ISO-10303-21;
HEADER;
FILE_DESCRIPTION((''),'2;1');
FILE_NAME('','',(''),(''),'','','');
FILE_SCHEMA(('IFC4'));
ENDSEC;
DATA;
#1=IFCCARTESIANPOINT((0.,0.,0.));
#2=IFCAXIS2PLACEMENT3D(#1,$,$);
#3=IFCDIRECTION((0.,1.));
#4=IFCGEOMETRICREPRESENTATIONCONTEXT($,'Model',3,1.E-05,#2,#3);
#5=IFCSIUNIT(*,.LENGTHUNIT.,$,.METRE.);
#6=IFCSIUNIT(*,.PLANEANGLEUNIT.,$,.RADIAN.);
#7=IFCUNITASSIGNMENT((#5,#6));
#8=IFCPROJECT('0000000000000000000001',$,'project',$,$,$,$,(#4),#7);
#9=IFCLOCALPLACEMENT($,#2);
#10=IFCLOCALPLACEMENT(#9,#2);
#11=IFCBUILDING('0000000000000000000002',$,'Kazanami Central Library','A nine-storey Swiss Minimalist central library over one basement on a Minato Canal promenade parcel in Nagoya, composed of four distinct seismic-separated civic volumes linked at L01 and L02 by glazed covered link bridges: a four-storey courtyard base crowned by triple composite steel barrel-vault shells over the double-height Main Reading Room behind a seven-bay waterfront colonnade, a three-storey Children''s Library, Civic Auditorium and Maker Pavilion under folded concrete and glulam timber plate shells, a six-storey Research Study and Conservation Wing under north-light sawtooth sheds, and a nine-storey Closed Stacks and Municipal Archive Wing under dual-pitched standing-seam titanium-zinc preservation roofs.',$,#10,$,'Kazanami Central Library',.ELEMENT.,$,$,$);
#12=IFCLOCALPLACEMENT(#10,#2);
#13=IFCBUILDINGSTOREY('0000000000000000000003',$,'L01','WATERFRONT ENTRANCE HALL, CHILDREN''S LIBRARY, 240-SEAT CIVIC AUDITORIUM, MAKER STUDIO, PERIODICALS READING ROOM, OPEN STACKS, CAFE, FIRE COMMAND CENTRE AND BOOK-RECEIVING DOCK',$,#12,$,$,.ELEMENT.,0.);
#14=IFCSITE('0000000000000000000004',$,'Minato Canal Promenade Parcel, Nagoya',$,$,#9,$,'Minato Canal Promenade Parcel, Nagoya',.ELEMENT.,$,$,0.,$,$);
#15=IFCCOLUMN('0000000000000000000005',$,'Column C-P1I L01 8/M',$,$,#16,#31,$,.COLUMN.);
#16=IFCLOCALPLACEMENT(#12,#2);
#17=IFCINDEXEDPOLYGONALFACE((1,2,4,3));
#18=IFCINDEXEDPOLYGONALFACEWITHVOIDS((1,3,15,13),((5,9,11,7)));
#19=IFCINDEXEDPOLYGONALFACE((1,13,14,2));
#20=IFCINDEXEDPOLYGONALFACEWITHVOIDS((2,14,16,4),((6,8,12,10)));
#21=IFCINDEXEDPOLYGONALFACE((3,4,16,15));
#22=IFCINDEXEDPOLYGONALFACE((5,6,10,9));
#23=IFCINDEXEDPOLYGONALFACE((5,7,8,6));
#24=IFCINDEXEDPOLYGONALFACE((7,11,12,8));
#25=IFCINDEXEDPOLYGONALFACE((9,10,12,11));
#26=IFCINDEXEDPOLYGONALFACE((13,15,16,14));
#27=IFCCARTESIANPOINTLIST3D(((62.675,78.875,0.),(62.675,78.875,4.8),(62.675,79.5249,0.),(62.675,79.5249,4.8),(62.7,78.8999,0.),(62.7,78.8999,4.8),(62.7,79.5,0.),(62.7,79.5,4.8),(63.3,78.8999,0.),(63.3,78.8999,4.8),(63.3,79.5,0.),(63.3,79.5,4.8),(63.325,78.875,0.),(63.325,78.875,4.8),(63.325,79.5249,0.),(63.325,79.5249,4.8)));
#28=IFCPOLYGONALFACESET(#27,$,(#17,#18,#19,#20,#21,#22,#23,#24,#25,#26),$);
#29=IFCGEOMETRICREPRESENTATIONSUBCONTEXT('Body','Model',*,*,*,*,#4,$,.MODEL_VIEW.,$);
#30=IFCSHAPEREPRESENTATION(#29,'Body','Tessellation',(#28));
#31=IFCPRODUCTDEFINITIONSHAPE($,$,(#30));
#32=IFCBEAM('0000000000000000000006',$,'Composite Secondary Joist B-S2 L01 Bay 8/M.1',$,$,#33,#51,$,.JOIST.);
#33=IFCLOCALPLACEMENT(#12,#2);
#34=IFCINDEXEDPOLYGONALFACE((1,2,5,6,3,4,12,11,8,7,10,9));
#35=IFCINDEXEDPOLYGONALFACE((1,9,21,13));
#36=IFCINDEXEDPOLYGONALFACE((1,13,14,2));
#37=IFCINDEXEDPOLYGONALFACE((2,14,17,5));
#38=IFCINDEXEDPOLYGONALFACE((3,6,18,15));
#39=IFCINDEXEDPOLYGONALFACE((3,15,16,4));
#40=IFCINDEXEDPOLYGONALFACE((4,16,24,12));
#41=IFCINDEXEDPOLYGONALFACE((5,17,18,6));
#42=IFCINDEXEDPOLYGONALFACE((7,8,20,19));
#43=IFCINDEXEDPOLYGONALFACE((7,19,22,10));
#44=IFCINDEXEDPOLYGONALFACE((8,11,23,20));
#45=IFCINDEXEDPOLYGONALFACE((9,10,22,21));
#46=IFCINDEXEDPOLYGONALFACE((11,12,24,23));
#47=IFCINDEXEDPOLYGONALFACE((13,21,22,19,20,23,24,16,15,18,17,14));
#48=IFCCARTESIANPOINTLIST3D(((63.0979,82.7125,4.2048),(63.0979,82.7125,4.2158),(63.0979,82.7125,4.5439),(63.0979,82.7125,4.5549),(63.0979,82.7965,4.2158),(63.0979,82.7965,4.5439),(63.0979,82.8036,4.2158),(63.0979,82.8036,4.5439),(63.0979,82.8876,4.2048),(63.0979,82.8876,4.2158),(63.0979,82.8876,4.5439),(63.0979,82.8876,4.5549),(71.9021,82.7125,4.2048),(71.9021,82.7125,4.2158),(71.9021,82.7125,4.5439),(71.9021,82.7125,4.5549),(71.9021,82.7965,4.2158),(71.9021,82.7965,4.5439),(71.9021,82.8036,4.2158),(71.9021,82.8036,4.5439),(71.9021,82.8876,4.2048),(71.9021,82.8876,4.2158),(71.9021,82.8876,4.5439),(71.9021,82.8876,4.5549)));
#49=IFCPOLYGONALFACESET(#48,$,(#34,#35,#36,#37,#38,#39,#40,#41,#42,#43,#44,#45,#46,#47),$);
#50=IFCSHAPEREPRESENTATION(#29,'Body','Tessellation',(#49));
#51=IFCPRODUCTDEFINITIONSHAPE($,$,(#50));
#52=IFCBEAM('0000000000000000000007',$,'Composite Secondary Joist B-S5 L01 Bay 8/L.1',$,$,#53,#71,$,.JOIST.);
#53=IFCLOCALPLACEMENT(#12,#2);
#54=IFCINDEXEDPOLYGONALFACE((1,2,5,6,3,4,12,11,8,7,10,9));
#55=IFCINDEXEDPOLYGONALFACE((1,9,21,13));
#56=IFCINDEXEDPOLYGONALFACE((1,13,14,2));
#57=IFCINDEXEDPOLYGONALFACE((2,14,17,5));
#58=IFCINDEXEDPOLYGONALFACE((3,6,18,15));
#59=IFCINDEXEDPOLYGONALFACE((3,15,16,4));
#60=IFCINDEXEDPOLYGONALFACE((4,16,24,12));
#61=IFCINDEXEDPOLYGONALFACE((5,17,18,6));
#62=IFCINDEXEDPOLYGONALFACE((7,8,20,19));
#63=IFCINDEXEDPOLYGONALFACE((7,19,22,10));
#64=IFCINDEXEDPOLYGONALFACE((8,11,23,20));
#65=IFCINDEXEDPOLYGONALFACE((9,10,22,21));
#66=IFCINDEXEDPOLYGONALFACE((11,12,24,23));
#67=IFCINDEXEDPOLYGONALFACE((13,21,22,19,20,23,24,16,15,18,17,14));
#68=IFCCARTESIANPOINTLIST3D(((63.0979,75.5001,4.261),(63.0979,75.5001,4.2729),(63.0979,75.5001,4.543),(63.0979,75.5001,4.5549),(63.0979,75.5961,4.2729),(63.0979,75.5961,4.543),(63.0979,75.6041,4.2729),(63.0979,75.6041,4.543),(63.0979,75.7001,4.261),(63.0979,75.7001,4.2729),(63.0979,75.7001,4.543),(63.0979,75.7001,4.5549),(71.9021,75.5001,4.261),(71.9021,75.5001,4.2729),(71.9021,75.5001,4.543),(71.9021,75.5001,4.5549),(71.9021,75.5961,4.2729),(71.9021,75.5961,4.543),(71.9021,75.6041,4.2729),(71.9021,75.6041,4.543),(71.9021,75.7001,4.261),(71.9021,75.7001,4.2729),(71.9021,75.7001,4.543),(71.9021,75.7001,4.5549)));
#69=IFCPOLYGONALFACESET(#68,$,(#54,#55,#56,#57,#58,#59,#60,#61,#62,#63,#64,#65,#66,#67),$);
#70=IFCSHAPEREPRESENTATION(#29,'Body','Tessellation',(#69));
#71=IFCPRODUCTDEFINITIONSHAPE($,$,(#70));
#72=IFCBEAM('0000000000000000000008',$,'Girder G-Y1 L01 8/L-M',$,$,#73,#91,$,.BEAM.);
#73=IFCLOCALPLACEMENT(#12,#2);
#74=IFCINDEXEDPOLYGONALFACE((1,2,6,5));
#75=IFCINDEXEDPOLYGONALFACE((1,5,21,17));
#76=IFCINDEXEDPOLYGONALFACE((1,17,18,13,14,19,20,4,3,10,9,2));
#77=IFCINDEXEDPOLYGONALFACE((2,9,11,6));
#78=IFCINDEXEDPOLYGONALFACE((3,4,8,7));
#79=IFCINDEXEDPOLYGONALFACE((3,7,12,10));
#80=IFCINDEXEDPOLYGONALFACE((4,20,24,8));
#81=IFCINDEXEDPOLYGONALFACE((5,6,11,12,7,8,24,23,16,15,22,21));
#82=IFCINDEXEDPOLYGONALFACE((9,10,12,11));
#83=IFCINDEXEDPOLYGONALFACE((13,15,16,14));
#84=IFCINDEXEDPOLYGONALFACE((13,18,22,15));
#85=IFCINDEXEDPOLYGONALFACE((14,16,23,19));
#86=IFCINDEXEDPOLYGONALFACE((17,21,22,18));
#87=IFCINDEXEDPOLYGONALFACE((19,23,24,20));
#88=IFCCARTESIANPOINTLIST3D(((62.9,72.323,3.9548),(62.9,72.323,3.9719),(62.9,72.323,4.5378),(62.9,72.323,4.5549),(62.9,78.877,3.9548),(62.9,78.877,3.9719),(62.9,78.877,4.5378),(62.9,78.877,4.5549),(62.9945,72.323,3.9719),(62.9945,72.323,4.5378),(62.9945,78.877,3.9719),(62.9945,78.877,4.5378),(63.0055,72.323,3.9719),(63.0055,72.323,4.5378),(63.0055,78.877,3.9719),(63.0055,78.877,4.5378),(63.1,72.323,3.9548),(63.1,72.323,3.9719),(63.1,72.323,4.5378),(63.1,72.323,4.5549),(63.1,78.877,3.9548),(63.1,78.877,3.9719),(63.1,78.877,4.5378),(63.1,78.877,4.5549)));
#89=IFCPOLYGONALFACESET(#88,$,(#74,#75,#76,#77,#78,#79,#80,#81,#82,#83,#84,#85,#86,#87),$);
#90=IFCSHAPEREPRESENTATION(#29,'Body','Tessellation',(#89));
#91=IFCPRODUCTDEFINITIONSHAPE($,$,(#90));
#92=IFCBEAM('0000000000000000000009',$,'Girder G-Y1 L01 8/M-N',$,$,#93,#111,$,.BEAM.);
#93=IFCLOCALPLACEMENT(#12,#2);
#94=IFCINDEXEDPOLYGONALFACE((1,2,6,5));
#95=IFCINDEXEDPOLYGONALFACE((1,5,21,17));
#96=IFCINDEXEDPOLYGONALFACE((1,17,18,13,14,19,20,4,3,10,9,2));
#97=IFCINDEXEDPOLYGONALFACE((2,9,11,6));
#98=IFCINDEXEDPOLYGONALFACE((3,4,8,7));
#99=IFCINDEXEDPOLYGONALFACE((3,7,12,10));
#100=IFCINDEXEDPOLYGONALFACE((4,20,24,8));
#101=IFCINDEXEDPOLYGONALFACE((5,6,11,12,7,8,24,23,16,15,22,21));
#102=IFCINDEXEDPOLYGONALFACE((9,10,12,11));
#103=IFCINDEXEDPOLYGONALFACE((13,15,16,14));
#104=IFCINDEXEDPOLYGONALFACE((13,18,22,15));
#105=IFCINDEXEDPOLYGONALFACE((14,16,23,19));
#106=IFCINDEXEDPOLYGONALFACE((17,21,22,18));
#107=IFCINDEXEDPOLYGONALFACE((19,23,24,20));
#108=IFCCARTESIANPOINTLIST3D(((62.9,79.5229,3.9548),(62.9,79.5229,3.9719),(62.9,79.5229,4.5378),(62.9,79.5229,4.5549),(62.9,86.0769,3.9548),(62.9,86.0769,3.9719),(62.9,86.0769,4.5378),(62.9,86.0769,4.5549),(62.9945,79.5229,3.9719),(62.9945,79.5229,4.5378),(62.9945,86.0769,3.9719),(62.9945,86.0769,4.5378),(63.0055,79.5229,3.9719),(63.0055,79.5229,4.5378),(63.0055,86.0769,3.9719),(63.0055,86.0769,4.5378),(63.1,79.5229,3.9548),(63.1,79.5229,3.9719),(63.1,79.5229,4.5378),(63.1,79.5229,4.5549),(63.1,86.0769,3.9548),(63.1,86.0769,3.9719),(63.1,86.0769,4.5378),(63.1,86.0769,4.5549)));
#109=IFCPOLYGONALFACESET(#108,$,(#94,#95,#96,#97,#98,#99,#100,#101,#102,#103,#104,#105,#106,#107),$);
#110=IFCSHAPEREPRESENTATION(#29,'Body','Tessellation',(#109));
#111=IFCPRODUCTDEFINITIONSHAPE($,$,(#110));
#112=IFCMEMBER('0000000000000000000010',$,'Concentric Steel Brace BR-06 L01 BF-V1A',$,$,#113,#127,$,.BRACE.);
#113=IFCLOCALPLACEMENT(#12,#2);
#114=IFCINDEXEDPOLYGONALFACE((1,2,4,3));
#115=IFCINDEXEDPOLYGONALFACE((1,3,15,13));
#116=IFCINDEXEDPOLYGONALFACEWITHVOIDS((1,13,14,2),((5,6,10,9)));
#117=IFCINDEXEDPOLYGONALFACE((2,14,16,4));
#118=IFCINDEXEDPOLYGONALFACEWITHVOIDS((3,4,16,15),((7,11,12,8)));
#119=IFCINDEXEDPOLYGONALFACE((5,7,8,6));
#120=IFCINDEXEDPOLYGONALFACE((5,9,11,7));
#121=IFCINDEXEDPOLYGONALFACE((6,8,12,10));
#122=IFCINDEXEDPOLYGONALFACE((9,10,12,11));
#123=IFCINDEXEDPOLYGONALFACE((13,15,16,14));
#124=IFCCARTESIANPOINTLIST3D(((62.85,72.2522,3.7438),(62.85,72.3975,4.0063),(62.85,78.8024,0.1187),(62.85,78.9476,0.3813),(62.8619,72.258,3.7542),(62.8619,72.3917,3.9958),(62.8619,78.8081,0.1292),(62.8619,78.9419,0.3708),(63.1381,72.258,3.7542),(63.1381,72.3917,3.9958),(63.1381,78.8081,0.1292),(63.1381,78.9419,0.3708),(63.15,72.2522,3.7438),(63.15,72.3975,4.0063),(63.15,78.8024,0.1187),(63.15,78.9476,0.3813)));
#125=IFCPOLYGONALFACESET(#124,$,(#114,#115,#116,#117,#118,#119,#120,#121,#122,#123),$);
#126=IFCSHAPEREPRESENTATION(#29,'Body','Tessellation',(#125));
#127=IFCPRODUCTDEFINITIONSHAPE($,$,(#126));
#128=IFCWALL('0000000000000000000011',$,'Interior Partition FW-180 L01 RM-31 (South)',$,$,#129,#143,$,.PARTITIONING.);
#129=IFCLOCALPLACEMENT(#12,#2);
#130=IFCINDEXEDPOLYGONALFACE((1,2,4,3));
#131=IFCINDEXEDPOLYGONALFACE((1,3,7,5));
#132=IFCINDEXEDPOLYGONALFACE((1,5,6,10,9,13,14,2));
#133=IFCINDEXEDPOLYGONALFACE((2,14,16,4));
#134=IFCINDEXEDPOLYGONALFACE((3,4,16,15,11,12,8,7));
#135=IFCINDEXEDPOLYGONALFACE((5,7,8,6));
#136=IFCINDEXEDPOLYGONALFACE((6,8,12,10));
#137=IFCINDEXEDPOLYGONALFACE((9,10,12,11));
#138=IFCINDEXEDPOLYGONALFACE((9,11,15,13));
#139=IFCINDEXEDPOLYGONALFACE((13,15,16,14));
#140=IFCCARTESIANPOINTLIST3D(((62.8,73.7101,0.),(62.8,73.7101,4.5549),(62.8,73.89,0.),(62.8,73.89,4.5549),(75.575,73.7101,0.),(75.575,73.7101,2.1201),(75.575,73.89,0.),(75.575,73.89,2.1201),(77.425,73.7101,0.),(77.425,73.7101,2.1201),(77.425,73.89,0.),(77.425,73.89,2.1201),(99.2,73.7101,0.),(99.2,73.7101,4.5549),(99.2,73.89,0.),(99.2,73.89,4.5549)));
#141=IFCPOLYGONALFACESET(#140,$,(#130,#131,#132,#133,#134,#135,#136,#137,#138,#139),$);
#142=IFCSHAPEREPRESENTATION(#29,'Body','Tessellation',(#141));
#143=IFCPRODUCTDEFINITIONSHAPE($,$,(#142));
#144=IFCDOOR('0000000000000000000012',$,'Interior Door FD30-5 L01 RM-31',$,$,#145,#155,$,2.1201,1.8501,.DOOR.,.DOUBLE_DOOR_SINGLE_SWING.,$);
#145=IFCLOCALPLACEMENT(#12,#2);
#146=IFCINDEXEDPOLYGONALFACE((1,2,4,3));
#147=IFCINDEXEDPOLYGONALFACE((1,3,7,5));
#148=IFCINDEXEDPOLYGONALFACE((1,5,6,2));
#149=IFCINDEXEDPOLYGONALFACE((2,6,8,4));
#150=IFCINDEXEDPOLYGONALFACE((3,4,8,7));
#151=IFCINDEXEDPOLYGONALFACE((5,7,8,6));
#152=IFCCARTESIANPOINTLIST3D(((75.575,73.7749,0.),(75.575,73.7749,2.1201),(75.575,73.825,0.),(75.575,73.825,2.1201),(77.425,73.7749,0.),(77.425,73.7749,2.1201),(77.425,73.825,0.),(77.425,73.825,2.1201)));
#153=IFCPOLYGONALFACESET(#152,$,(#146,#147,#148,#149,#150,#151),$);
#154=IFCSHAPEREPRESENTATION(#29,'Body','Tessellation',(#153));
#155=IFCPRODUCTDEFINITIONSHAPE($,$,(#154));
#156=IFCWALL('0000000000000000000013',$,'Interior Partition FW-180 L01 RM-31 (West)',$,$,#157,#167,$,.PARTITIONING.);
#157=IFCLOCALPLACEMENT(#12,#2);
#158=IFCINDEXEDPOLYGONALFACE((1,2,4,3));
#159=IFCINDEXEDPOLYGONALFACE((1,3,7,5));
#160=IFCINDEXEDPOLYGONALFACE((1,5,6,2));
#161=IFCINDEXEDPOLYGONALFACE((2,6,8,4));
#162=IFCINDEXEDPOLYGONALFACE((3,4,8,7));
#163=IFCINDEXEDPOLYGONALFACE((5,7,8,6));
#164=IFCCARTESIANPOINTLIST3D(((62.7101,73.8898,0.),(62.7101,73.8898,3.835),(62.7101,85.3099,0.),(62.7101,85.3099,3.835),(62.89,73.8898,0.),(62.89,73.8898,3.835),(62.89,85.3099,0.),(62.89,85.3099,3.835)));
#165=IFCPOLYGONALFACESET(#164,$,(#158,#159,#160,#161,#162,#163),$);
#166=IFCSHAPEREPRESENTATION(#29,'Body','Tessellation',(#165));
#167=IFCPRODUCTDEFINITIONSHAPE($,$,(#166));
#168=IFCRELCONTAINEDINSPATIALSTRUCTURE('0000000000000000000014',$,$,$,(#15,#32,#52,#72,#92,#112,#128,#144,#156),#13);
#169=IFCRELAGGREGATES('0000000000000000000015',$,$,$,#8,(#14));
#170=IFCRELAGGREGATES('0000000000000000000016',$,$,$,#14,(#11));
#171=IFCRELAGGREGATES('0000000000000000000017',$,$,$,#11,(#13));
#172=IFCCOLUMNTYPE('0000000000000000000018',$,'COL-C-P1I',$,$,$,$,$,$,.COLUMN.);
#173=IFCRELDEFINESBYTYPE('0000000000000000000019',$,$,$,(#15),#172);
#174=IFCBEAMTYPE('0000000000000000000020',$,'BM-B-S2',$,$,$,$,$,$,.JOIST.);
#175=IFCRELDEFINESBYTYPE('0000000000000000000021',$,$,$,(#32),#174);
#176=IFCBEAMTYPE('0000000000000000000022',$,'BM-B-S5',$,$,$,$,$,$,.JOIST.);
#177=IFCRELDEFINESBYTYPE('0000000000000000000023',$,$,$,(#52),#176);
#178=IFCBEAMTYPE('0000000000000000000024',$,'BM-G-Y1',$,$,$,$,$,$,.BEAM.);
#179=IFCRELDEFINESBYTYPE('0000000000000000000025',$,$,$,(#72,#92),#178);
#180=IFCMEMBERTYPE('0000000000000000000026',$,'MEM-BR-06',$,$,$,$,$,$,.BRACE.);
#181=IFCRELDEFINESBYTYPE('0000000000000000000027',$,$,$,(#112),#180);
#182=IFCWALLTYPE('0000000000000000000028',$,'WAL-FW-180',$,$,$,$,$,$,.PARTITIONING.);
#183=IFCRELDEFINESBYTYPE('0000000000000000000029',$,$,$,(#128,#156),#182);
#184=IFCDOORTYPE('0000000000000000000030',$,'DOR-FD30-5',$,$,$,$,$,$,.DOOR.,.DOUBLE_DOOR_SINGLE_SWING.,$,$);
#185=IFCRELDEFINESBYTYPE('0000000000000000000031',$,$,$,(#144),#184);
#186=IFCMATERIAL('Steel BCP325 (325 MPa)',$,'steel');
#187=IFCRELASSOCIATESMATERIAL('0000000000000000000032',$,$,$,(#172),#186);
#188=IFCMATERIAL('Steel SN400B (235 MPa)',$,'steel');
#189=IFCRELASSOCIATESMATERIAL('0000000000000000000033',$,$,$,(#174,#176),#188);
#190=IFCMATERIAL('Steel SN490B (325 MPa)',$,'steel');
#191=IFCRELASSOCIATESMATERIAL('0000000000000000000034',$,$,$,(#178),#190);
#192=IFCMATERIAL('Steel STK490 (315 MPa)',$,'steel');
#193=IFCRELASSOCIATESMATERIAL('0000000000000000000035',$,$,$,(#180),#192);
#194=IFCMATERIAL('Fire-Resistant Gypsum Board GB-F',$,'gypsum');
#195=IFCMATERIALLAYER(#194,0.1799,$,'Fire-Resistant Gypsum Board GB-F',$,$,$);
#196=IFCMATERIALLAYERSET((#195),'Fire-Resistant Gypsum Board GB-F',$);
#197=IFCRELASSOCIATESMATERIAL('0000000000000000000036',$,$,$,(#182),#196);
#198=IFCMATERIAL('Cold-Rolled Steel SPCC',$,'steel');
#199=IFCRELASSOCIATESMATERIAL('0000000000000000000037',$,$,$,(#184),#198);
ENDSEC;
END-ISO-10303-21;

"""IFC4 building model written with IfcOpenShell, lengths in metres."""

from ifc_helpers import new_model, si_unit, direction, frame, frame_2d, origin, origin_2d, place, context, subcontext, project, spatial, rectangle, hollow_rectangle, i_section, extrude, material, layer, layer_set, material_profile, profile_set, type_object, element, fill, save


model = new_model("IFC4")

# Units and contexts
model_context = context("Model", 3, precision=1e-05, world=origin(), true_north=direction((0.0, 1.0)))
body_context = subcontext(model_context, "Body", "Model", "MODEL_VIEW")
ifc_project = project(units=[si_unit("LENGTHUNIT", "METRE"), si_unit("PLANEANGLEUNIT", "RADIAN")], contexts=[model_context])

# Site, building, storey
site_placement = place(None, origin())
site = spatial("IfcSite", under=ifc_project, at=site_placement, Name="Minato Canal Promenade Parcel, Nagoya", LongName="Minato Canal Promenade Parcel, Nagoya", CompositionType="ELEMENT", RefElevation=0.0)
building_placement = place(site_placement, origin())
building = spatial("IfcBuilding", under=site, at=building_placement, Name="Kazanami Central Library", Description="A nine-storey Swiss Minimalist central library over one basement on a Minato Canal promenade parcel in Nagoya, composed of four distinct seismic-separated civic volumes linked at L01 and L02 by glazed covered link bridges: a four-storey courtyard base crowned by triple composite steel barrel-vault shells over the double-height Main Reading Room behind a seven-bay waterfront colonnade, a three-storey Children's Library, Civic Auditorium and Maker Pavilion under folded concrete and glulam timber plate shells, a six-storey Research Study and Conservation Wing under north-light sawtooth sheds, and a nine-storey Closed Stacks and Municipal Archive Wing under dual-pitched standing-seam titanium-zinc preservation roofs.", LongName="Kazanami Central Library", CompositionType="ELEMENT")
storey_placement = place(building_placement, origin())
storey = spatial("IfcBuildingStorey", under=building, at=storey_placement, Name="L01", Description="WATERFRONT ENTRANCE HALL, CHILDREN'S LIBRARY, 240-SEAT CIVIC AUDITORIUM, MAKER STUDIO, PERIODICALS READING ROOM, OPEN STACKS, CAFE, FIRE COMMAND CENTRE AND BOOK-RECEIVING DOCK", CompositionType="ELEMENT", Elevation=0.0)

# Column
ifc_material_1 = material(Name="Steel BCP325 (325 MPa)", Category="steel")
ifc_material_profile_1 = material_profile(ifc_material_1, hollow_rectangle(XDim=0.6499, YDim=0.6499, WallThickness=0.0249, at=origin_2d()), Name="BCP-650x650x25")
ifc_profile_set_1 = profile_set([ifc_material_profile_1], Name="Steel BCP325 (325 MPa)")
column_type = type_object("IfcColumnType", Name="COL-C-P1I", PredefinedType="COLUMN", material=ifc_profile_set_1)
column_placement = place(storey_placement, frame((63.0, 79.2, 0.0), z_axis=(0.0, 0.0, 1.0), x_axis=(1.0, 0.0, 0.0)))
element("IfcColumn", 1, at=column_placement, inside=storey, type_object=column_type, Name="Column C-P1I L01 8/M", PredefinedType="COLUMN", context=body_context, shape_type="SweptSolid", body=[
    extrude(hollow_rectangle(XDim=0.6499, YDim=0.6499, WallThickness=0.0249, at=origin_2d()), origin(), (0.0, 0.0, 1.0), 4.8),
])

# Beams
ifc_material_2 = material(Name="Steel SN400B (235 MPa)", Category="steel")
ifc_material_profile_2 = material_profile(ifc_material_2, i_section(OverallWidth=0.175, OverallDepth=0.3501, WebThickness=0.0071, FlangeThickness=0.011, at=origin_2d()), Name="H-350x175x7x11")
ifc_profile_set_2 = profile_set([ifc_material_profile_2], Name="Steel SN400B (235 MPa)")
beam_type_1 = type_object("IfcBeamType", Name="BM-B-S2", PredefinedType="JOIST", material=ifc_profile_set_2)
beam_1_placement = place(storey_placement, frame((63.0979, 82.8, 4.3799), z_axis=(1.0, 0.0, 0.0), x_axis=(0.0, 1.0, 0.0)))
element("IfcBeam", 2, at=beam_1_placement, inside=storey, type_object=beam_type_1, Name="Composite Secondary Joist B-S2 L01 Bay 8/M.1", PredefinedType="JOIST", context=body_context, shape_type="SweptSolid", body=[
    extrude(i_section(OverallWidth=0.175, OverallDepth=0.3501, WebThickness=0.0071, FlangeThickness=0.011, at=origin_2d()), origin(), (0.0, 0.0, 1.0), 8.8042),
])
ifc_material_profile_3 = material_profile(ifc_material_2, i_section(OverallWidth=0.2, OverallDepth=0.2939, WebThickness=0.0081, FlangeThickness=0.012, at=origin_2d()), Name="H-294x200x8x12")
ifc_profile_set_3 = profile_set([ifc_material_profile_3], Name="Steel SN400B (235 MPa)")
beam_type_2 = type_object("IfcBeamType", Name="BM-B-S5", PredefinedType="JOIST", material=ifc_profile_set_3)
beam_2_placement = place(storey_placement, frame((63.0979, 75.6001, 4.408), z_axis=(1.0, 0.0, 0.0), x_axis=(0.0, 1.0, 0.0)))
element("IfcBeam", 3, at=beam_2_placement, inside=storey, type_object=beam_type_2, Name="Composite Secondary Joist B-S5 L01 Bay 8/L.1", PredefinedType="JOIST", context=body_context, shape_type="SweptSolid", body=[
    extrude(i_section(OverallWidth=0.2, OverallDepth=0.2939, WebThickness=0.0081, FlangeThickness=0.012, at=origin_2d()), origin(), (0.0, 0.0, 1.0), 8.8042),
])
ifc_material_3 = material(Name="Steel SN490B (325 MPa)", Category="steel")
ifc_material_profile_4 = material_profile(ifc_material_3, i_section(OverallWidth=0.2, OverallDepth=0.6001, WebThickness=0.011, FlangeThickness=0.0171, at=origin_2d()), Name="H-600x200x11x17")
ifc_profile_set_4 = profile_set([ifc_material_profile_4], Name="Steel SN490B (325 MPa)")
beam_type_3 = type_object("IfcBeamType", Name="BM-G-Y1", PredefinedType="BEAM", material=ifc_profile_set_4)
for number, where, z_axis, x_axis, name in (
    (4, (63.0, 72.323, 4.2549), (0.0, 1.0, 0.0), (-1.0, 0.0, 0.0), "Girder G-Y1 L01 8/L-M"),
    (5, (63.0, 79.5229, 4.2549), (0.0, 1.0, 0.0), (-1.0, 0.0, 0.0), "Girder G-Y1 L01 8/M-N"),
):
    element("IfcBeam", number, at=place(storey_placement, frame(where, z_axis=z_axis, x_axis=x_axis)), inside=storey, type_object=beam_type_3, Name=name, PredefinedType="BEAM", context=body_context, shape_type="SweptSolid", body=[
        extrude(i_section(OverallWidth=0.2, OverallDepth=0.6001, WebThickness=0.011, FlangeThickness=0.0171, at=origin_2d()), origin(), (0.0, 0.0, 1.0), 6.554),
    ])

# Member
ifc_material_4 = material(Name="Steel STK490 (315 MPa)", Category="steel")
ifc_material_profile_5 = material_profile(ifc_material_4, hollow_rectangle(XDim=0.3, YDim=0.3, WallThickness=0.012, at=origin_2d()), Name="STKR-300x300x12")
ifc_profile_set_5 = profile_set([ifc_material_profile_5], Name="Steel STK490 (315 MPa)")
member_type = type_object("IfcMemberType", Name="MEM-BR-06", PredefinedType="BRACE", material=ifc_profile_set_5)
member_placement = place(storey_placement, frame((63.0, 78.875, 0.25), z_axis=(0.0, -0.874945, 0.484222), x_axis=(1.0, 0.0, 0.0)))
element("IfcMember", 6, at=member_placement, inside=storey, type_object=member_type, Name="Concentric Steel Brace BR-06 L01 BF-V1A", PredefinedType="BRACE", context=body_context, shape_type="SweptSolid", body=[
    extrude(hollow_rectangle(XDim=0.3, YDim=0.3, WallThickness=0.012, at=origin_2d()), origin(), (0.0, 0.0, 1.0), 7.4863),
])

# Wall, opening, door
ifc_material_5 = material(Name="Fire-Resistant Gypsum Board GB-F", Category="gypsum")
ifc_layer_1 = layer(ifc_material_5, 0.1799, Name="Fire-Resistant Gypsum Board GB-F")
ifc_layer_set_1 = layer_set([ifc_layer_1], Name="Fire-Resistant Gypsum Board GB-F")
wall_type_1 = type_object("IfcWallType", Name="WAL-FW-180", PredefinedType="PARTITIONING", material=ifc_layer_set_1)
wall_1_placement = place(storey_placement, frame((62.8, 73.8, 0.0), z_axis=(0.0, 0.0, 1.0), x_axis=(1.0, 0.0, 0.0)))
wall_1 = element("IfcWall", 7, at=wall_1_placement, inside=storey, type_object=wall_type_1, Name="Interior Partition FW-180 L01 RM-31 (South)", PredefinedType="PARTITIONING", context=body_context, shape_type="SweptSolid", body=[
    extrude(rectangle(XDim=36.3999, YDim=0.1799, at=frame_2d((18.2, 0.0))), origin(), (0.0, 0.0, 1.0), 4.5549),
])
opening_1_placement = place(wall_1_placement, frame((12.7749, 0.0, 0.0)))
opening_1 = element("IfcOpeningElement", 8, at=opening_1_placement, cuts=wall_1, PredefinedType="OPENING", context=body_context, shape_type="SweptSolid", body=[
    extrude(rectangle(XDim=1.8501, YDim=2.1201, at=frame_2d((0.925, 1.0601))), frame((0.0, 0.1021, 0.0), z_axis=(0.0, -1.0, 0.0), x_axis=(1.0, 0.0, 0.0)), (0.0, 0.0, 1.0), 0.2039),
])
ifc_material_6 = material(Name="Cold-Rolled Steel SPCC", Category="steel")
door_type_1 = type_object("IfcDoorType", Name="DOR-FD30-5", OperationType="DOUBLE_DOOR_SINGLE_SWING", PredefinedType="DOOR", material=ifc_material_6)
door_1_placement = place(opening_1_placement, origin())
door_1 = element("IfcDoor", 9, at=door_1_placement, inside=storey, type_object=door_type_1, Name="Interior Door FD30-5 L01 RM-31", OperationType="DOUBLE_DOOR_SINGLE_SWING", OverallHeight=2.1201, OverallWidth=1.8501, PredefinedType="DOOR", context=body_context, shape_type="SweptSolid", body=[
    extrude(rectangle(XDim=1.8501, YDim=2.1201, at=frame_2d((0.925, 1.0601))), frame((0.0, 0.0249, 0.0), z_axis=(0.0, -1.0, 0.0), x_axis=(1.0, 0.0, 0.0)), (0.0, 0.0, 1.0), 0.05),
])
fill(opening_1, door_1)

# Wall
wall_2_placement = place(storey_placement, frame((62.8, 73.8899, 0.0), z_axis=(0.0, 0.0, 1.0), x_axis=(0.0, 1.0, 0.0)))
element("IfcWall", 10, at=wall_2_placement, inside=storey, type_object=wall_type_1, Name="Interior Partition FW-180 L01 RM-31 (West)", PredefinedType="PARTITIONING", context=body_context, shape_type="SweptSolid", body=[
    extrude(rectangle(XDim=11.4202, YDim=0.1799, at=frame_2d((5.71, 0.0))), origin(), (0.0, 0.0, 1.0), 3.835),
])

save(model, "model.ifc")
